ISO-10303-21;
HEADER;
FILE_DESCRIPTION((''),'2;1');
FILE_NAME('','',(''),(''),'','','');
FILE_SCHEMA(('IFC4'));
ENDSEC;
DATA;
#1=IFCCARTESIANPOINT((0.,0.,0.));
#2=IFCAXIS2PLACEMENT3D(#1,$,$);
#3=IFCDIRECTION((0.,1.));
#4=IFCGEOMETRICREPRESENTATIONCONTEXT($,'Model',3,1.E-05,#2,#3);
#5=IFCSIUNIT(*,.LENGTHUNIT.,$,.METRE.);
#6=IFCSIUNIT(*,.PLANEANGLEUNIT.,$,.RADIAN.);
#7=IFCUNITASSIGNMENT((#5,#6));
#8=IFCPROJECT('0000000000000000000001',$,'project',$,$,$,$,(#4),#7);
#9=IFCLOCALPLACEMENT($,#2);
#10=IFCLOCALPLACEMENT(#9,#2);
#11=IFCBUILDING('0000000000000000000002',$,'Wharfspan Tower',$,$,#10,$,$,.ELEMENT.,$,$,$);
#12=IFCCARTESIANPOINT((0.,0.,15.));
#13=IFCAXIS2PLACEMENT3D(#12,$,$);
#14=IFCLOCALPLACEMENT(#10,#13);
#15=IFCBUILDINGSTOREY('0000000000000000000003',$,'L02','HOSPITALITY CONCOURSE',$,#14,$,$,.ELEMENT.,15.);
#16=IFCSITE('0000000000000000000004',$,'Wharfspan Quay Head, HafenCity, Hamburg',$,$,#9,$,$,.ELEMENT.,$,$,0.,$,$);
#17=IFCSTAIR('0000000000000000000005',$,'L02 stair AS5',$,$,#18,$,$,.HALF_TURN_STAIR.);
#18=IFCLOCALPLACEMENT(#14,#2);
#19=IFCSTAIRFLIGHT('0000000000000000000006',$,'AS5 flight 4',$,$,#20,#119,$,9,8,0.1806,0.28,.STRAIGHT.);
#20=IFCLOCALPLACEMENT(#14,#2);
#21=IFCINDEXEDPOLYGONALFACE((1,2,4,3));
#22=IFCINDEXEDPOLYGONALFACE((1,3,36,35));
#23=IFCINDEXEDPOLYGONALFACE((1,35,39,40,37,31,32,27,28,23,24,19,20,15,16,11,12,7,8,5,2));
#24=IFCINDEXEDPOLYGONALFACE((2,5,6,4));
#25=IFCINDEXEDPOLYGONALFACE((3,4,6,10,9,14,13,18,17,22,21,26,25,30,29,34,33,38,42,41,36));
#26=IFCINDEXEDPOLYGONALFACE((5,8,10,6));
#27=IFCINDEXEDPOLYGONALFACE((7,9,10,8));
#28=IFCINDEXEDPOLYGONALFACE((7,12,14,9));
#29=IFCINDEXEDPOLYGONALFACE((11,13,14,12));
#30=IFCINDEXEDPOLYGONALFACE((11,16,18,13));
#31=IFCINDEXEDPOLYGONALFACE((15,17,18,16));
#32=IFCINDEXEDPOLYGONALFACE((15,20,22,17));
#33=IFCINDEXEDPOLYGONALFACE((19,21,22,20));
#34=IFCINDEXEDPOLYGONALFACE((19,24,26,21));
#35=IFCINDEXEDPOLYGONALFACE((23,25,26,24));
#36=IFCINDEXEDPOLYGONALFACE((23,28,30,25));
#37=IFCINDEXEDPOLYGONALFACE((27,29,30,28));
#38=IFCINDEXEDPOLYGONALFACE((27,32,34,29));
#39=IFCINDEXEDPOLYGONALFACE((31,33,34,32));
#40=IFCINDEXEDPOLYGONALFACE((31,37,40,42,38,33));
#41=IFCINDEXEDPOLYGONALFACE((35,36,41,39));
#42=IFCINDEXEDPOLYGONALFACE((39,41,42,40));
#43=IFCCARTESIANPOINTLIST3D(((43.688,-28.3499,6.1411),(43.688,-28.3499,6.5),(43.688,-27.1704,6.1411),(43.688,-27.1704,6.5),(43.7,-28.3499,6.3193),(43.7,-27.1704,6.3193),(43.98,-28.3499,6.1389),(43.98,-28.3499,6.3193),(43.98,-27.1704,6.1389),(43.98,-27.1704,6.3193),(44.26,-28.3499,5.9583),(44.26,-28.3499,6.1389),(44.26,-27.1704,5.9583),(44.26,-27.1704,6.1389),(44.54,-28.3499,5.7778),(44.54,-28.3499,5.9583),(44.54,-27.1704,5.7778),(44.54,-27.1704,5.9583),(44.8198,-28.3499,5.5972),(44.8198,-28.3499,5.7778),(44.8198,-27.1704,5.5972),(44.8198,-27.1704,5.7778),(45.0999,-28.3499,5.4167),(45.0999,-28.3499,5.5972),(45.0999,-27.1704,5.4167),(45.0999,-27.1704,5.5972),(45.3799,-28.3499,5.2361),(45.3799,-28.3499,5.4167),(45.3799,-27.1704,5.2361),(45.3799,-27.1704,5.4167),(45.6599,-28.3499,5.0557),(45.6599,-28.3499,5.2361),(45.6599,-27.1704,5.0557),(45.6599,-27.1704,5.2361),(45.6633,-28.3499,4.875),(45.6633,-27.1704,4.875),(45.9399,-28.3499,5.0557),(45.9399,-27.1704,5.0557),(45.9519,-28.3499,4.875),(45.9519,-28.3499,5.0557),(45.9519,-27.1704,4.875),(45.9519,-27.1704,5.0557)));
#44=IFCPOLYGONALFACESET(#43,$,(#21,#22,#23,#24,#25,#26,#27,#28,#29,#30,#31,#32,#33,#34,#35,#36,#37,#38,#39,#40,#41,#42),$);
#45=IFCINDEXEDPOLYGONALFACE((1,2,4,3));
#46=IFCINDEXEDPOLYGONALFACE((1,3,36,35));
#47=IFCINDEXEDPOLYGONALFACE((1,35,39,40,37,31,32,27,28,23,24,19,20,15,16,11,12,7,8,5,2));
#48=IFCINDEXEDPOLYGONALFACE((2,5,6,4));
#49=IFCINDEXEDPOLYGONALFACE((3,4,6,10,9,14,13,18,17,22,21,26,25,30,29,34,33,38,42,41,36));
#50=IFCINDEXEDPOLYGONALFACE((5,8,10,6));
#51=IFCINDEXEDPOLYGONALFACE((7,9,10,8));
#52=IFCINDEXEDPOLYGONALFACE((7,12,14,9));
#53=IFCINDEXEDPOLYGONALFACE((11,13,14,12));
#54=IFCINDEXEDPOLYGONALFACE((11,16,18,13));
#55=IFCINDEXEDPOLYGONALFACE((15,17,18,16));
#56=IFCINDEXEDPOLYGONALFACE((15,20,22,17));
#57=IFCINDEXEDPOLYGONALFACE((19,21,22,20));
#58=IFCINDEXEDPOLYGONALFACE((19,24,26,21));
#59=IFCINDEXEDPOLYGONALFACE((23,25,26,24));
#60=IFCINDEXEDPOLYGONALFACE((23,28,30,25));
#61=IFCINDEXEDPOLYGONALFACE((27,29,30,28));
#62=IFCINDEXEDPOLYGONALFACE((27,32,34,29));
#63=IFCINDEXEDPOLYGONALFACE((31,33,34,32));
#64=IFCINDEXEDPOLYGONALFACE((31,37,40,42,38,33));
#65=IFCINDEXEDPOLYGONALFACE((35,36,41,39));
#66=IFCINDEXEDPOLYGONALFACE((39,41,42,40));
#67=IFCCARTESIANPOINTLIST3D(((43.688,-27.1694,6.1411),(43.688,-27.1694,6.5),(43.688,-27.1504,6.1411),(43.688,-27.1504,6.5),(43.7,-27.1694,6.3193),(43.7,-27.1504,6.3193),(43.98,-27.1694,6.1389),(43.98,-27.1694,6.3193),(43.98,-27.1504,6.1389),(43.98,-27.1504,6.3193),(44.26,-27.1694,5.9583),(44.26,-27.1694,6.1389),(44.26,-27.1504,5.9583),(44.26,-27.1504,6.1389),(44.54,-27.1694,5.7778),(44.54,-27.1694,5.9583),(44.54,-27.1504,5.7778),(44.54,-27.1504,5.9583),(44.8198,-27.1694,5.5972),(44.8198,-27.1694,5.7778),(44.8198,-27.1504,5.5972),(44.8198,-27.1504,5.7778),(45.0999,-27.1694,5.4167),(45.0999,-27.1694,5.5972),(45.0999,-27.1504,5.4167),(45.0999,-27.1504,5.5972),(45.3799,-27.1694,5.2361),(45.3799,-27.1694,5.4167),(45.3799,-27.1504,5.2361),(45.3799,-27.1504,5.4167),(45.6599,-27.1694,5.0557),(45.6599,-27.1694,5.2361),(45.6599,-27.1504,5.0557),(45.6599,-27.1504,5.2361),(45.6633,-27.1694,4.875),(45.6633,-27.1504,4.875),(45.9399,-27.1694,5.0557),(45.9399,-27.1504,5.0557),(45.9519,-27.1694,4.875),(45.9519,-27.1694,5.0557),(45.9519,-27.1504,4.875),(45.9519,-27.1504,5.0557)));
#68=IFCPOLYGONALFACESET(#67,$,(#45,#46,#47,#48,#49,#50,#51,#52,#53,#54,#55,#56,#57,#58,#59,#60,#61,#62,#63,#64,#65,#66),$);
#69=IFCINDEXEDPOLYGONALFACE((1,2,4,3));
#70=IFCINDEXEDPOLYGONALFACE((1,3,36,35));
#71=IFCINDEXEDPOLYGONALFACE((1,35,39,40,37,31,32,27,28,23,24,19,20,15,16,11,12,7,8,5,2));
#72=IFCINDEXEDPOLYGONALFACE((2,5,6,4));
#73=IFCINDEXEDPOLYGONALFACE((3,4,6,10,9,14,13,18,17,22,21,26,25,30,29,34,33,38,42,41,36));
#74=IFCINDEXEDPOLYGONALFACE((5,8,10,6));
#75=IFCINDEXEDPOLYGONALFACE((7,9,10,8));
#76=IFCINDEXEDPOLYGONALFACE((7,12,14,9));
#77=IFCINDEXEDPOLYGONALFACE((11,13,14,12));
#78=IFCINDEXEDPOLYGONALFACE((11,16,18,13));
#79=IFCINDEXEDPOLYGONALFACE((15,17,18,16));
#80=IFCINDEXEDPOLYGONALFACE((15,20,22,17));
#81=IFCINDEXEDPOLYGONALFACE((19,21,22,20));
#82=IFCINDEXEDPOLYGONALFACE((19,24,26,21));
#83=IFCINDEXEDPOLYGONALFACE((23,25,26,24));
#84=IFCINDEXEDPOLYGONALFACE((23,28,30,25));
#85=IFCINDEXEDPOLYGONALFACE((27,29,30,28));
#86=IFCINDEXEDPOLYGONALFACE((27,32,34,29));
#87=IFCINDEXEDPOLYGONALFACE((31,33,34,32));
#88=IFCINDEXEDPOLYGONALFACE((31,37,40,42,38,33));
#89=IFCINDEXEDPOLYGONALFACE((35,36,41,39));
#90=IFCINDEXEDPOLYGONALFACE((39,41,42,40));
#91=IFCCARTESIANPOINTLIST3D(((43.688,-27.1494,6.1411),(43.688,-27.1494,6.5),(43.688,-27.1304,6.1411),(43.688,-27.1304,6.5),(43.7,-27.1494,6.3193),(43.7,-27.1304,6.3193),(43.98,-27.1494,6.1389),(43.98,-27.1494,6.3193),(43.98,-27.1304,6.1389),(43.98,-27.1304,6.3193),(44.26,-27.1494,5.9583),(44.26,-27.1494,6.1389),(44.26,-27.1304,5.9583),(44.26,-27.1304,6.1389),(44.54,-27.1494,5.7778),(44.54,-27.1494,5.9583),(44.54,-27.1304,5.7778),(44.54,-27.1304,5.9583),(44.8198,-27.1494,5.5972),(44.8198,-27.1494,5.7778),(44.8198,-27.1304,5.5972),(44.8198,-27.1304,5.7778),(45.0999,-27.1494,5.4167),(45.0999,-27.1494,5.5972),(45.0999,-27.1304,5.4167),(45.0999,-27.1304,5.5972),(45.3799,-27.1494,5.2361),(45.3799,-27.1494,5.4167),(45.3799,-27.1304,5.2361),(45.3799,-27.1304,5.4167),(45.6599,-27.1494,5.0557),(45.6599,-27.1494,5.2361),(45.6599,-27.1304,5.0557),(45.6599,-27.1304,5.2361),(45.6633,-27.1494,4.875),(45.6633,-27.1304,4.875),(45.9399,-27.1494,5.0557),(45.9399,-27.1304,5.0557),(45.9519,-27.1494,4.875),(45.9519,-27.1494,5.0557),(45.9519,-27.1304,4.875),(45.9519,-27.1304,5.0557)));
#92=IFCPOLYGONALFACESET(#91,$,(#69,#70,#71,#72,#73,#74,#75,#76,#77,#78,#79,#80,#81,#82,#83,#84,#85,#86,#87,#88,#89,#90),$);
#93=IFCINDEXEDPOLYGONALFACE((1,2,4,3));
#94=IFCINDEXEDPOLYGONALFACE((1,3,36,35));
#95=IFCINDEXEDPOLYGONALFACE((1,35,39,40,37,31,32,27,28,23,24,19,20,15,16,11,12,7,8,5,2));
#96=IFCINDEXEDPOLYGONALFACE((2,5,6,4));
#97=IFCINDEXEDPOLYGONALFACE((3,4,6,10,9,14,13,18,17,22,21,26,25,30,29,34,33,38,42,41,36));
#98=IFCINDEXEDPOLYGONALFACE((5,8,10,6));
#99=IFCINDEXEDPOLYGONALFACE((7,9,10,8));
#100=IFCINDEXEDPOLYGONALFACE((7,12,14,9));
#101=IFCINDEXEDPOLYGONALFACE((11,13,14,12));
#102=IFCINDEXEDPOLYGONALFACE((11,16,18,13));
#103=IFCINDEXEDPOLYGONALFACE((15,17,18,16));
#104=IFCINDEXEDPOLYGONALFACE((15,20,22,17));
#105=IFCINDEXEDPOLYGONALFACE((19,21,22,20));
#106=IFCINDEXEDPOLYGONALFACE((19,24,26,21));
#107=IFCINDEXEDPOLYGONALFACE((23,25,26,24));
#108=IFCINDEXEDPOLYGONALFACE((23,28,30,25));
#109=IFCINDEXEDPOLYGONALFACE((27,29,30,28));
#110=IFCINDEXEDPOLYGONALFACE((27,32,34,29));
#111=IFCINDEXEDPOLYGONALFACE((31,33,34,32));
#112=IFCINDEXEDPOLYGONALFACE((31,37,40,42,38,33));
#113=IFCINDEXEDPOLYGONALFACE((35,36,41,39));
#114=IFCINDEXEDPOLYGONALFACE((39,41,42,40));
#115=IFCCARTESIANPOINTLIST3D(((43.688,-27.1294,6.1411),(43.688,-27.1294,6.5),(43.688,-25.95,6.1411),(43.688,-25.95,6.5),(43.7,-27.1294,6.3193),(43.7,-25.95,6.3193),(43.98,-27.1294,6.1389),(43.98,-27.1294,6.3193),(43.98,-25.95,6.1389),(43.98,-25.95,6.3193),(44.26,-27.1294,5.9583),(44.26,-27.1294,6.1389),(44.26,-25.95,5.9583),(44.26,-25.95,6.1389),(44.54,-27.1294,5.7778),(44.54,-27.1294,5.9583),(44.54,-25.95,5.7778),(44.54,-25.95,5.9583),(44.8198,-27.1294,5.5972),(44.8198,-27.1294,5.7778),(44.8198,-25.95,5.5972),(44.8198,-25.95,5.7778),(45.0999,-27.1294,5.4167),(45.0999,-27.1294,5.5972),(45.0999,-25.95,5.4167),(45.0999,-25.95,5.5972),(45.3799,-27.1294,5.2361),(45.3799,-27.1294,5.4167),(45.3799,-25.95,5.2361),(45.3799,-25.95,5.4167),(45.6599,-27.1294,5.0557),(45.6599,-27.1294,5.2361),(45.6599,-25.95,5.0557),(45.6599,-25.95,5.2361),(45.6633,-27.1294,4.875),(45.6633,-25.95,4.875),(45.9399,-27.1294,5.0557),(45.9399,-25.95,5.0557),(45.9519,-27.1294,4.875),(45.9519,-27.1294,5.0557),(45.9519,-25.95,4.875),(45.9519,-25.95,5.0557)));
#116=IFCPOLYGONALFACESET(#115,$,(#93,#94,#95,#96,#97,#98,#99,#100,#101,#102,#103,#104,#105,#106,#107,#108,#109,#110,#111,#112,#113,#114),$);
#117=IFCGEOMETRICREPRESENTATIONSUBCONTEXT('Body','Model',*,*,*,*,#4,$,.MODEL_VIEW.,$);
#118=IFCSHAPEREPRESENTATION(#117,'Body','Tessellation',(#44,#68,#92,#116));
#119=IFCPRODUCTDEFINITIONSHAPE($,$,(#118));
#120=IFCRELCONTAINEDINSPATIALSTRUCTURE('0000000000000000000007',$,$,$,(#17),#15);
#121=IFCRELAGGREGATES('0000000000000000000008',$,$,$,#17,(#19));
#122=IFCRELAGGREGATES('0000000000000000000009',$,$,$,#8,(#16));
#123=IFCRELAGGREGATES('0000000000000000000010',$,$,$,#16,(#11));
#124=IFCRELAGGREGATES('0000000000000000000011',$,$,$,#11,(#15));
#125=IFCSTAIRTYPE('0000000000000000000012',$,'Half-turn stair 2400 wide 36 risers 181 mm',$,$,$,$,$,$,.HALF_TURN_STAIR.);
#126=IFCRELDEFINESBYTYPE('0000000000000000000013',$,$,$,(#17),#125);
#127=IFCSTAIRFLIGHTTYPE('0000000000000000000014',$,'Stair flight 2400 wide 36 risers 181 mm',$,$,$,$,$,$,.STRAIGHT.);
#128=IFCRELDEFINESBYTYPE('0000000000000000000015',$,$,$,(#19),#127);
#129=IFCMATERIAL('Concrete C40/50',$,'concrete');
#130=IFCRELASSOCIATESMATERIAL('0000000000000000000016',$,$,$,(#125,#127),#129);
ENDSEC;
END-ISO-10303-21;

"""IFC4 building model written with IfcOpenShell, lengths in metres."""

from ifc_helpers import new_model, si_unit, direction, frame, origin, place, context, subcontext, project, spatial, polyline, outline, extrude, material, type_object, element, aggregate, save


model = new_model("IFC4")

# Units and contexts
model_context = context("Model", 3, precision=1e-05, world=origin(), true_north=direction((0.0, 1.0)))
body_context = subcontext(model_context, "Body", "Model", "MODEL_VIEW")
ifc_project = project(units=[si_unit("LENGTHUNIT", "METRE"), si_unit("PLANEANGLEUNIT", "RADIAN")], contexts=[model_context])

# Site, building, storey
site_placement = place(None, origin())
site = spatial("IfcSite", under=ifc_project, at=site_placement, Name="Wharfspan Quay Head, HafenCity, Hamburg", CompositionType="ELEMENT", RefElevation=0.0)
building_placement = place(site_placement, origin())
building = spatial("IfcBuilding", under=site, at=building_placement, Name="Wharfspan Tower", CompositionType="ELEMENT")
storey_placement = place(building_placement, frame((0.0, 0.0, 15.0)))
storey = spatial("IfcBuildingStorey", under=building, at=storey_placement, Name="L02", Description="HOSPITALITY CONCOURSE", CompositionType="ELEMENT", Elevation=15.0)

# Shared definitions
ifc_material_1 = material(Name="Concrete C40/50", Category="concrete")

# Stair, stair flight
stair_type = type_object("IfcStairType", Name="Half-turn stair 2400 wide 36 risers 181 mm", PredefinedType="HALF_TURN_STAIR", material=ifc_material_1)
stair_placement = place(storey_placement, origin())
stair = element("IfcStair", 1, at=stair_placement, inside=storey, type_object=stair_type, Name="L02 stair AS5", PredefinedType="HALF_TURN_STAIR")
stair_flight_type = type_object("IfcStairFlightType", Name="Stair flight 2400 wide 36 risers 181 mm", PredefinedType="STRAIGHT", material=ifc_material_1)
stair_flight_1_placement = place(storey_placement, frame((45.9399, -27.1499, 4.875), z_axis=(0.0, 0.0, 1.0), x_axis=(-1.0, 0.0, 0.0)))
stair_flight_1 = element("IfcStairFlight", 2, at=stair_flight_1_placement, type_object=stair_flight_type, Name="AS5 flight 4", NumberOfRisers=9, NumberOfTreads=8, PredefinedType="STRAIGHT", RiserHeight=0.1806, TreadLength=0.28, context=body_context, shape_type="SweptSolid", body=[
    extrude(outline(polyline([(-0.012, 0.0), (-0.012, 0.1807), (0.0, 0.1807), (0.28, 0.1807), (0.28, 0.3611), (0.5601, 0.3611), (0.5601, 0.5417), (0.8401, 0.5417), (0.8401, 0.7222), (1.1201, 0.7222), (1.1201, 0.9028), (1.3999, 0.9028), (1.3999, 1.0833), (1.6799, 1.0833), (1.6799, 1.2639), (1.96, 1.2639), (1.96, 1.4443), (2.24, 1.4443), (2.252, 1.625), (2.252, 1.2661), (0.2766, 0.0), (-0.012, 0.0)])), frame((0.0, 1.2, 0.0), z_axis=(0.0, -1.0, 0.0), x_axis=(1.0, 0.0, 0.0)), (0.0, 0.0, 1.0), 1.1794),
    extrude(outline(polyline([(-0.012, 0.0), (-0.012, 0.1807), (0.0, 0.1807), (0.28, 0.1807), (0.28, 0.3611), (0.5601, 0.3611), (0.5601, 0.5417), (0.8401, 0.5417), (0.8401, 0.7222), (1.1201, 0.7222), (1.1201, 0.9028), (1.3999, 0.9028), (1.3999, 1.0833), (1.6799, 1.0833), (1.6799, 1.2639), (1.96, 1.2639), (1.96, 1.4443), (2.24, 1.4443), (2.252, 1.625), (2.252, 1.2661), (0.2766, 0.0), (-0.012, 0.0)])), frame((0.0, 0.0195, 0.0), z_axis=(0.0, -1.0, 0.0), x_axis=(1.0, 0.0, 0.0)), (0.0, 0.0, 1.0), 0.019),
    extrude(outline(polyline([(-0.012, 0.0), (-0.012, 0.1807), (0.0, 0.1807), (0.28, 0.1807), (0.28, 0.3611), (0.5601, 0.3611), (0.5601, 0.5417), (0.8401, 0.5417), (0.8401, 0.7222), (1.1201, 0.7222), (1.1201, 0.9028), (1.3999, 0.9028), (1.3999, 1.0833), (1.6799, 1.0833), (1.6799, 1.2639), (1.96, 1.2639), (1.96, 1.4443), (2.24, 1.4443), (2.252, 1.625), (2.252, 1.2661), (0.2766, 0.0), (-0.012, 0.0)])), frame((0.0, -0.0005, 0.0), z_axis=(0.0, -1.0, 0.0), x_axis=(1.0, 0.0, 0.0)), (0.0, 0.0, 1.0), 0.019),
    extrude(outline(polyline([(-0.012, 0.0), (-0.012, 0.1807), (0.0, 0.1807), (0.28, 0.1807), (0.28, 0.3611), (0.5601, 0.3611), (0.5601, 0.5417), (0.8401, 0.5417), (0.8401, 0.7222), (1.1201, 0.7222), (1.1201, 0.9028), (1.3999, 0.9028), (1.3999, 1.0833), (1.6799, 1.0833), (1.6799, 1.2639), (1.96, 1.2639), (1.96, 1.4443), (2.24, 1.4443), (2.252, 1.625), (2.252, 1.2661), (0.2766, 0.0), (-0.012, 0.0)])), frame((0.0, -0.0205, 0.0), z_axis=(0.0, -1.0, 0.0), x_axis=(1.0, 0.0, 0.0)), (0.0, 0.0, 1.0), 1.1794),
])
aggregate(stair, [stair_flight_1])

save(model, "model.ifc")
